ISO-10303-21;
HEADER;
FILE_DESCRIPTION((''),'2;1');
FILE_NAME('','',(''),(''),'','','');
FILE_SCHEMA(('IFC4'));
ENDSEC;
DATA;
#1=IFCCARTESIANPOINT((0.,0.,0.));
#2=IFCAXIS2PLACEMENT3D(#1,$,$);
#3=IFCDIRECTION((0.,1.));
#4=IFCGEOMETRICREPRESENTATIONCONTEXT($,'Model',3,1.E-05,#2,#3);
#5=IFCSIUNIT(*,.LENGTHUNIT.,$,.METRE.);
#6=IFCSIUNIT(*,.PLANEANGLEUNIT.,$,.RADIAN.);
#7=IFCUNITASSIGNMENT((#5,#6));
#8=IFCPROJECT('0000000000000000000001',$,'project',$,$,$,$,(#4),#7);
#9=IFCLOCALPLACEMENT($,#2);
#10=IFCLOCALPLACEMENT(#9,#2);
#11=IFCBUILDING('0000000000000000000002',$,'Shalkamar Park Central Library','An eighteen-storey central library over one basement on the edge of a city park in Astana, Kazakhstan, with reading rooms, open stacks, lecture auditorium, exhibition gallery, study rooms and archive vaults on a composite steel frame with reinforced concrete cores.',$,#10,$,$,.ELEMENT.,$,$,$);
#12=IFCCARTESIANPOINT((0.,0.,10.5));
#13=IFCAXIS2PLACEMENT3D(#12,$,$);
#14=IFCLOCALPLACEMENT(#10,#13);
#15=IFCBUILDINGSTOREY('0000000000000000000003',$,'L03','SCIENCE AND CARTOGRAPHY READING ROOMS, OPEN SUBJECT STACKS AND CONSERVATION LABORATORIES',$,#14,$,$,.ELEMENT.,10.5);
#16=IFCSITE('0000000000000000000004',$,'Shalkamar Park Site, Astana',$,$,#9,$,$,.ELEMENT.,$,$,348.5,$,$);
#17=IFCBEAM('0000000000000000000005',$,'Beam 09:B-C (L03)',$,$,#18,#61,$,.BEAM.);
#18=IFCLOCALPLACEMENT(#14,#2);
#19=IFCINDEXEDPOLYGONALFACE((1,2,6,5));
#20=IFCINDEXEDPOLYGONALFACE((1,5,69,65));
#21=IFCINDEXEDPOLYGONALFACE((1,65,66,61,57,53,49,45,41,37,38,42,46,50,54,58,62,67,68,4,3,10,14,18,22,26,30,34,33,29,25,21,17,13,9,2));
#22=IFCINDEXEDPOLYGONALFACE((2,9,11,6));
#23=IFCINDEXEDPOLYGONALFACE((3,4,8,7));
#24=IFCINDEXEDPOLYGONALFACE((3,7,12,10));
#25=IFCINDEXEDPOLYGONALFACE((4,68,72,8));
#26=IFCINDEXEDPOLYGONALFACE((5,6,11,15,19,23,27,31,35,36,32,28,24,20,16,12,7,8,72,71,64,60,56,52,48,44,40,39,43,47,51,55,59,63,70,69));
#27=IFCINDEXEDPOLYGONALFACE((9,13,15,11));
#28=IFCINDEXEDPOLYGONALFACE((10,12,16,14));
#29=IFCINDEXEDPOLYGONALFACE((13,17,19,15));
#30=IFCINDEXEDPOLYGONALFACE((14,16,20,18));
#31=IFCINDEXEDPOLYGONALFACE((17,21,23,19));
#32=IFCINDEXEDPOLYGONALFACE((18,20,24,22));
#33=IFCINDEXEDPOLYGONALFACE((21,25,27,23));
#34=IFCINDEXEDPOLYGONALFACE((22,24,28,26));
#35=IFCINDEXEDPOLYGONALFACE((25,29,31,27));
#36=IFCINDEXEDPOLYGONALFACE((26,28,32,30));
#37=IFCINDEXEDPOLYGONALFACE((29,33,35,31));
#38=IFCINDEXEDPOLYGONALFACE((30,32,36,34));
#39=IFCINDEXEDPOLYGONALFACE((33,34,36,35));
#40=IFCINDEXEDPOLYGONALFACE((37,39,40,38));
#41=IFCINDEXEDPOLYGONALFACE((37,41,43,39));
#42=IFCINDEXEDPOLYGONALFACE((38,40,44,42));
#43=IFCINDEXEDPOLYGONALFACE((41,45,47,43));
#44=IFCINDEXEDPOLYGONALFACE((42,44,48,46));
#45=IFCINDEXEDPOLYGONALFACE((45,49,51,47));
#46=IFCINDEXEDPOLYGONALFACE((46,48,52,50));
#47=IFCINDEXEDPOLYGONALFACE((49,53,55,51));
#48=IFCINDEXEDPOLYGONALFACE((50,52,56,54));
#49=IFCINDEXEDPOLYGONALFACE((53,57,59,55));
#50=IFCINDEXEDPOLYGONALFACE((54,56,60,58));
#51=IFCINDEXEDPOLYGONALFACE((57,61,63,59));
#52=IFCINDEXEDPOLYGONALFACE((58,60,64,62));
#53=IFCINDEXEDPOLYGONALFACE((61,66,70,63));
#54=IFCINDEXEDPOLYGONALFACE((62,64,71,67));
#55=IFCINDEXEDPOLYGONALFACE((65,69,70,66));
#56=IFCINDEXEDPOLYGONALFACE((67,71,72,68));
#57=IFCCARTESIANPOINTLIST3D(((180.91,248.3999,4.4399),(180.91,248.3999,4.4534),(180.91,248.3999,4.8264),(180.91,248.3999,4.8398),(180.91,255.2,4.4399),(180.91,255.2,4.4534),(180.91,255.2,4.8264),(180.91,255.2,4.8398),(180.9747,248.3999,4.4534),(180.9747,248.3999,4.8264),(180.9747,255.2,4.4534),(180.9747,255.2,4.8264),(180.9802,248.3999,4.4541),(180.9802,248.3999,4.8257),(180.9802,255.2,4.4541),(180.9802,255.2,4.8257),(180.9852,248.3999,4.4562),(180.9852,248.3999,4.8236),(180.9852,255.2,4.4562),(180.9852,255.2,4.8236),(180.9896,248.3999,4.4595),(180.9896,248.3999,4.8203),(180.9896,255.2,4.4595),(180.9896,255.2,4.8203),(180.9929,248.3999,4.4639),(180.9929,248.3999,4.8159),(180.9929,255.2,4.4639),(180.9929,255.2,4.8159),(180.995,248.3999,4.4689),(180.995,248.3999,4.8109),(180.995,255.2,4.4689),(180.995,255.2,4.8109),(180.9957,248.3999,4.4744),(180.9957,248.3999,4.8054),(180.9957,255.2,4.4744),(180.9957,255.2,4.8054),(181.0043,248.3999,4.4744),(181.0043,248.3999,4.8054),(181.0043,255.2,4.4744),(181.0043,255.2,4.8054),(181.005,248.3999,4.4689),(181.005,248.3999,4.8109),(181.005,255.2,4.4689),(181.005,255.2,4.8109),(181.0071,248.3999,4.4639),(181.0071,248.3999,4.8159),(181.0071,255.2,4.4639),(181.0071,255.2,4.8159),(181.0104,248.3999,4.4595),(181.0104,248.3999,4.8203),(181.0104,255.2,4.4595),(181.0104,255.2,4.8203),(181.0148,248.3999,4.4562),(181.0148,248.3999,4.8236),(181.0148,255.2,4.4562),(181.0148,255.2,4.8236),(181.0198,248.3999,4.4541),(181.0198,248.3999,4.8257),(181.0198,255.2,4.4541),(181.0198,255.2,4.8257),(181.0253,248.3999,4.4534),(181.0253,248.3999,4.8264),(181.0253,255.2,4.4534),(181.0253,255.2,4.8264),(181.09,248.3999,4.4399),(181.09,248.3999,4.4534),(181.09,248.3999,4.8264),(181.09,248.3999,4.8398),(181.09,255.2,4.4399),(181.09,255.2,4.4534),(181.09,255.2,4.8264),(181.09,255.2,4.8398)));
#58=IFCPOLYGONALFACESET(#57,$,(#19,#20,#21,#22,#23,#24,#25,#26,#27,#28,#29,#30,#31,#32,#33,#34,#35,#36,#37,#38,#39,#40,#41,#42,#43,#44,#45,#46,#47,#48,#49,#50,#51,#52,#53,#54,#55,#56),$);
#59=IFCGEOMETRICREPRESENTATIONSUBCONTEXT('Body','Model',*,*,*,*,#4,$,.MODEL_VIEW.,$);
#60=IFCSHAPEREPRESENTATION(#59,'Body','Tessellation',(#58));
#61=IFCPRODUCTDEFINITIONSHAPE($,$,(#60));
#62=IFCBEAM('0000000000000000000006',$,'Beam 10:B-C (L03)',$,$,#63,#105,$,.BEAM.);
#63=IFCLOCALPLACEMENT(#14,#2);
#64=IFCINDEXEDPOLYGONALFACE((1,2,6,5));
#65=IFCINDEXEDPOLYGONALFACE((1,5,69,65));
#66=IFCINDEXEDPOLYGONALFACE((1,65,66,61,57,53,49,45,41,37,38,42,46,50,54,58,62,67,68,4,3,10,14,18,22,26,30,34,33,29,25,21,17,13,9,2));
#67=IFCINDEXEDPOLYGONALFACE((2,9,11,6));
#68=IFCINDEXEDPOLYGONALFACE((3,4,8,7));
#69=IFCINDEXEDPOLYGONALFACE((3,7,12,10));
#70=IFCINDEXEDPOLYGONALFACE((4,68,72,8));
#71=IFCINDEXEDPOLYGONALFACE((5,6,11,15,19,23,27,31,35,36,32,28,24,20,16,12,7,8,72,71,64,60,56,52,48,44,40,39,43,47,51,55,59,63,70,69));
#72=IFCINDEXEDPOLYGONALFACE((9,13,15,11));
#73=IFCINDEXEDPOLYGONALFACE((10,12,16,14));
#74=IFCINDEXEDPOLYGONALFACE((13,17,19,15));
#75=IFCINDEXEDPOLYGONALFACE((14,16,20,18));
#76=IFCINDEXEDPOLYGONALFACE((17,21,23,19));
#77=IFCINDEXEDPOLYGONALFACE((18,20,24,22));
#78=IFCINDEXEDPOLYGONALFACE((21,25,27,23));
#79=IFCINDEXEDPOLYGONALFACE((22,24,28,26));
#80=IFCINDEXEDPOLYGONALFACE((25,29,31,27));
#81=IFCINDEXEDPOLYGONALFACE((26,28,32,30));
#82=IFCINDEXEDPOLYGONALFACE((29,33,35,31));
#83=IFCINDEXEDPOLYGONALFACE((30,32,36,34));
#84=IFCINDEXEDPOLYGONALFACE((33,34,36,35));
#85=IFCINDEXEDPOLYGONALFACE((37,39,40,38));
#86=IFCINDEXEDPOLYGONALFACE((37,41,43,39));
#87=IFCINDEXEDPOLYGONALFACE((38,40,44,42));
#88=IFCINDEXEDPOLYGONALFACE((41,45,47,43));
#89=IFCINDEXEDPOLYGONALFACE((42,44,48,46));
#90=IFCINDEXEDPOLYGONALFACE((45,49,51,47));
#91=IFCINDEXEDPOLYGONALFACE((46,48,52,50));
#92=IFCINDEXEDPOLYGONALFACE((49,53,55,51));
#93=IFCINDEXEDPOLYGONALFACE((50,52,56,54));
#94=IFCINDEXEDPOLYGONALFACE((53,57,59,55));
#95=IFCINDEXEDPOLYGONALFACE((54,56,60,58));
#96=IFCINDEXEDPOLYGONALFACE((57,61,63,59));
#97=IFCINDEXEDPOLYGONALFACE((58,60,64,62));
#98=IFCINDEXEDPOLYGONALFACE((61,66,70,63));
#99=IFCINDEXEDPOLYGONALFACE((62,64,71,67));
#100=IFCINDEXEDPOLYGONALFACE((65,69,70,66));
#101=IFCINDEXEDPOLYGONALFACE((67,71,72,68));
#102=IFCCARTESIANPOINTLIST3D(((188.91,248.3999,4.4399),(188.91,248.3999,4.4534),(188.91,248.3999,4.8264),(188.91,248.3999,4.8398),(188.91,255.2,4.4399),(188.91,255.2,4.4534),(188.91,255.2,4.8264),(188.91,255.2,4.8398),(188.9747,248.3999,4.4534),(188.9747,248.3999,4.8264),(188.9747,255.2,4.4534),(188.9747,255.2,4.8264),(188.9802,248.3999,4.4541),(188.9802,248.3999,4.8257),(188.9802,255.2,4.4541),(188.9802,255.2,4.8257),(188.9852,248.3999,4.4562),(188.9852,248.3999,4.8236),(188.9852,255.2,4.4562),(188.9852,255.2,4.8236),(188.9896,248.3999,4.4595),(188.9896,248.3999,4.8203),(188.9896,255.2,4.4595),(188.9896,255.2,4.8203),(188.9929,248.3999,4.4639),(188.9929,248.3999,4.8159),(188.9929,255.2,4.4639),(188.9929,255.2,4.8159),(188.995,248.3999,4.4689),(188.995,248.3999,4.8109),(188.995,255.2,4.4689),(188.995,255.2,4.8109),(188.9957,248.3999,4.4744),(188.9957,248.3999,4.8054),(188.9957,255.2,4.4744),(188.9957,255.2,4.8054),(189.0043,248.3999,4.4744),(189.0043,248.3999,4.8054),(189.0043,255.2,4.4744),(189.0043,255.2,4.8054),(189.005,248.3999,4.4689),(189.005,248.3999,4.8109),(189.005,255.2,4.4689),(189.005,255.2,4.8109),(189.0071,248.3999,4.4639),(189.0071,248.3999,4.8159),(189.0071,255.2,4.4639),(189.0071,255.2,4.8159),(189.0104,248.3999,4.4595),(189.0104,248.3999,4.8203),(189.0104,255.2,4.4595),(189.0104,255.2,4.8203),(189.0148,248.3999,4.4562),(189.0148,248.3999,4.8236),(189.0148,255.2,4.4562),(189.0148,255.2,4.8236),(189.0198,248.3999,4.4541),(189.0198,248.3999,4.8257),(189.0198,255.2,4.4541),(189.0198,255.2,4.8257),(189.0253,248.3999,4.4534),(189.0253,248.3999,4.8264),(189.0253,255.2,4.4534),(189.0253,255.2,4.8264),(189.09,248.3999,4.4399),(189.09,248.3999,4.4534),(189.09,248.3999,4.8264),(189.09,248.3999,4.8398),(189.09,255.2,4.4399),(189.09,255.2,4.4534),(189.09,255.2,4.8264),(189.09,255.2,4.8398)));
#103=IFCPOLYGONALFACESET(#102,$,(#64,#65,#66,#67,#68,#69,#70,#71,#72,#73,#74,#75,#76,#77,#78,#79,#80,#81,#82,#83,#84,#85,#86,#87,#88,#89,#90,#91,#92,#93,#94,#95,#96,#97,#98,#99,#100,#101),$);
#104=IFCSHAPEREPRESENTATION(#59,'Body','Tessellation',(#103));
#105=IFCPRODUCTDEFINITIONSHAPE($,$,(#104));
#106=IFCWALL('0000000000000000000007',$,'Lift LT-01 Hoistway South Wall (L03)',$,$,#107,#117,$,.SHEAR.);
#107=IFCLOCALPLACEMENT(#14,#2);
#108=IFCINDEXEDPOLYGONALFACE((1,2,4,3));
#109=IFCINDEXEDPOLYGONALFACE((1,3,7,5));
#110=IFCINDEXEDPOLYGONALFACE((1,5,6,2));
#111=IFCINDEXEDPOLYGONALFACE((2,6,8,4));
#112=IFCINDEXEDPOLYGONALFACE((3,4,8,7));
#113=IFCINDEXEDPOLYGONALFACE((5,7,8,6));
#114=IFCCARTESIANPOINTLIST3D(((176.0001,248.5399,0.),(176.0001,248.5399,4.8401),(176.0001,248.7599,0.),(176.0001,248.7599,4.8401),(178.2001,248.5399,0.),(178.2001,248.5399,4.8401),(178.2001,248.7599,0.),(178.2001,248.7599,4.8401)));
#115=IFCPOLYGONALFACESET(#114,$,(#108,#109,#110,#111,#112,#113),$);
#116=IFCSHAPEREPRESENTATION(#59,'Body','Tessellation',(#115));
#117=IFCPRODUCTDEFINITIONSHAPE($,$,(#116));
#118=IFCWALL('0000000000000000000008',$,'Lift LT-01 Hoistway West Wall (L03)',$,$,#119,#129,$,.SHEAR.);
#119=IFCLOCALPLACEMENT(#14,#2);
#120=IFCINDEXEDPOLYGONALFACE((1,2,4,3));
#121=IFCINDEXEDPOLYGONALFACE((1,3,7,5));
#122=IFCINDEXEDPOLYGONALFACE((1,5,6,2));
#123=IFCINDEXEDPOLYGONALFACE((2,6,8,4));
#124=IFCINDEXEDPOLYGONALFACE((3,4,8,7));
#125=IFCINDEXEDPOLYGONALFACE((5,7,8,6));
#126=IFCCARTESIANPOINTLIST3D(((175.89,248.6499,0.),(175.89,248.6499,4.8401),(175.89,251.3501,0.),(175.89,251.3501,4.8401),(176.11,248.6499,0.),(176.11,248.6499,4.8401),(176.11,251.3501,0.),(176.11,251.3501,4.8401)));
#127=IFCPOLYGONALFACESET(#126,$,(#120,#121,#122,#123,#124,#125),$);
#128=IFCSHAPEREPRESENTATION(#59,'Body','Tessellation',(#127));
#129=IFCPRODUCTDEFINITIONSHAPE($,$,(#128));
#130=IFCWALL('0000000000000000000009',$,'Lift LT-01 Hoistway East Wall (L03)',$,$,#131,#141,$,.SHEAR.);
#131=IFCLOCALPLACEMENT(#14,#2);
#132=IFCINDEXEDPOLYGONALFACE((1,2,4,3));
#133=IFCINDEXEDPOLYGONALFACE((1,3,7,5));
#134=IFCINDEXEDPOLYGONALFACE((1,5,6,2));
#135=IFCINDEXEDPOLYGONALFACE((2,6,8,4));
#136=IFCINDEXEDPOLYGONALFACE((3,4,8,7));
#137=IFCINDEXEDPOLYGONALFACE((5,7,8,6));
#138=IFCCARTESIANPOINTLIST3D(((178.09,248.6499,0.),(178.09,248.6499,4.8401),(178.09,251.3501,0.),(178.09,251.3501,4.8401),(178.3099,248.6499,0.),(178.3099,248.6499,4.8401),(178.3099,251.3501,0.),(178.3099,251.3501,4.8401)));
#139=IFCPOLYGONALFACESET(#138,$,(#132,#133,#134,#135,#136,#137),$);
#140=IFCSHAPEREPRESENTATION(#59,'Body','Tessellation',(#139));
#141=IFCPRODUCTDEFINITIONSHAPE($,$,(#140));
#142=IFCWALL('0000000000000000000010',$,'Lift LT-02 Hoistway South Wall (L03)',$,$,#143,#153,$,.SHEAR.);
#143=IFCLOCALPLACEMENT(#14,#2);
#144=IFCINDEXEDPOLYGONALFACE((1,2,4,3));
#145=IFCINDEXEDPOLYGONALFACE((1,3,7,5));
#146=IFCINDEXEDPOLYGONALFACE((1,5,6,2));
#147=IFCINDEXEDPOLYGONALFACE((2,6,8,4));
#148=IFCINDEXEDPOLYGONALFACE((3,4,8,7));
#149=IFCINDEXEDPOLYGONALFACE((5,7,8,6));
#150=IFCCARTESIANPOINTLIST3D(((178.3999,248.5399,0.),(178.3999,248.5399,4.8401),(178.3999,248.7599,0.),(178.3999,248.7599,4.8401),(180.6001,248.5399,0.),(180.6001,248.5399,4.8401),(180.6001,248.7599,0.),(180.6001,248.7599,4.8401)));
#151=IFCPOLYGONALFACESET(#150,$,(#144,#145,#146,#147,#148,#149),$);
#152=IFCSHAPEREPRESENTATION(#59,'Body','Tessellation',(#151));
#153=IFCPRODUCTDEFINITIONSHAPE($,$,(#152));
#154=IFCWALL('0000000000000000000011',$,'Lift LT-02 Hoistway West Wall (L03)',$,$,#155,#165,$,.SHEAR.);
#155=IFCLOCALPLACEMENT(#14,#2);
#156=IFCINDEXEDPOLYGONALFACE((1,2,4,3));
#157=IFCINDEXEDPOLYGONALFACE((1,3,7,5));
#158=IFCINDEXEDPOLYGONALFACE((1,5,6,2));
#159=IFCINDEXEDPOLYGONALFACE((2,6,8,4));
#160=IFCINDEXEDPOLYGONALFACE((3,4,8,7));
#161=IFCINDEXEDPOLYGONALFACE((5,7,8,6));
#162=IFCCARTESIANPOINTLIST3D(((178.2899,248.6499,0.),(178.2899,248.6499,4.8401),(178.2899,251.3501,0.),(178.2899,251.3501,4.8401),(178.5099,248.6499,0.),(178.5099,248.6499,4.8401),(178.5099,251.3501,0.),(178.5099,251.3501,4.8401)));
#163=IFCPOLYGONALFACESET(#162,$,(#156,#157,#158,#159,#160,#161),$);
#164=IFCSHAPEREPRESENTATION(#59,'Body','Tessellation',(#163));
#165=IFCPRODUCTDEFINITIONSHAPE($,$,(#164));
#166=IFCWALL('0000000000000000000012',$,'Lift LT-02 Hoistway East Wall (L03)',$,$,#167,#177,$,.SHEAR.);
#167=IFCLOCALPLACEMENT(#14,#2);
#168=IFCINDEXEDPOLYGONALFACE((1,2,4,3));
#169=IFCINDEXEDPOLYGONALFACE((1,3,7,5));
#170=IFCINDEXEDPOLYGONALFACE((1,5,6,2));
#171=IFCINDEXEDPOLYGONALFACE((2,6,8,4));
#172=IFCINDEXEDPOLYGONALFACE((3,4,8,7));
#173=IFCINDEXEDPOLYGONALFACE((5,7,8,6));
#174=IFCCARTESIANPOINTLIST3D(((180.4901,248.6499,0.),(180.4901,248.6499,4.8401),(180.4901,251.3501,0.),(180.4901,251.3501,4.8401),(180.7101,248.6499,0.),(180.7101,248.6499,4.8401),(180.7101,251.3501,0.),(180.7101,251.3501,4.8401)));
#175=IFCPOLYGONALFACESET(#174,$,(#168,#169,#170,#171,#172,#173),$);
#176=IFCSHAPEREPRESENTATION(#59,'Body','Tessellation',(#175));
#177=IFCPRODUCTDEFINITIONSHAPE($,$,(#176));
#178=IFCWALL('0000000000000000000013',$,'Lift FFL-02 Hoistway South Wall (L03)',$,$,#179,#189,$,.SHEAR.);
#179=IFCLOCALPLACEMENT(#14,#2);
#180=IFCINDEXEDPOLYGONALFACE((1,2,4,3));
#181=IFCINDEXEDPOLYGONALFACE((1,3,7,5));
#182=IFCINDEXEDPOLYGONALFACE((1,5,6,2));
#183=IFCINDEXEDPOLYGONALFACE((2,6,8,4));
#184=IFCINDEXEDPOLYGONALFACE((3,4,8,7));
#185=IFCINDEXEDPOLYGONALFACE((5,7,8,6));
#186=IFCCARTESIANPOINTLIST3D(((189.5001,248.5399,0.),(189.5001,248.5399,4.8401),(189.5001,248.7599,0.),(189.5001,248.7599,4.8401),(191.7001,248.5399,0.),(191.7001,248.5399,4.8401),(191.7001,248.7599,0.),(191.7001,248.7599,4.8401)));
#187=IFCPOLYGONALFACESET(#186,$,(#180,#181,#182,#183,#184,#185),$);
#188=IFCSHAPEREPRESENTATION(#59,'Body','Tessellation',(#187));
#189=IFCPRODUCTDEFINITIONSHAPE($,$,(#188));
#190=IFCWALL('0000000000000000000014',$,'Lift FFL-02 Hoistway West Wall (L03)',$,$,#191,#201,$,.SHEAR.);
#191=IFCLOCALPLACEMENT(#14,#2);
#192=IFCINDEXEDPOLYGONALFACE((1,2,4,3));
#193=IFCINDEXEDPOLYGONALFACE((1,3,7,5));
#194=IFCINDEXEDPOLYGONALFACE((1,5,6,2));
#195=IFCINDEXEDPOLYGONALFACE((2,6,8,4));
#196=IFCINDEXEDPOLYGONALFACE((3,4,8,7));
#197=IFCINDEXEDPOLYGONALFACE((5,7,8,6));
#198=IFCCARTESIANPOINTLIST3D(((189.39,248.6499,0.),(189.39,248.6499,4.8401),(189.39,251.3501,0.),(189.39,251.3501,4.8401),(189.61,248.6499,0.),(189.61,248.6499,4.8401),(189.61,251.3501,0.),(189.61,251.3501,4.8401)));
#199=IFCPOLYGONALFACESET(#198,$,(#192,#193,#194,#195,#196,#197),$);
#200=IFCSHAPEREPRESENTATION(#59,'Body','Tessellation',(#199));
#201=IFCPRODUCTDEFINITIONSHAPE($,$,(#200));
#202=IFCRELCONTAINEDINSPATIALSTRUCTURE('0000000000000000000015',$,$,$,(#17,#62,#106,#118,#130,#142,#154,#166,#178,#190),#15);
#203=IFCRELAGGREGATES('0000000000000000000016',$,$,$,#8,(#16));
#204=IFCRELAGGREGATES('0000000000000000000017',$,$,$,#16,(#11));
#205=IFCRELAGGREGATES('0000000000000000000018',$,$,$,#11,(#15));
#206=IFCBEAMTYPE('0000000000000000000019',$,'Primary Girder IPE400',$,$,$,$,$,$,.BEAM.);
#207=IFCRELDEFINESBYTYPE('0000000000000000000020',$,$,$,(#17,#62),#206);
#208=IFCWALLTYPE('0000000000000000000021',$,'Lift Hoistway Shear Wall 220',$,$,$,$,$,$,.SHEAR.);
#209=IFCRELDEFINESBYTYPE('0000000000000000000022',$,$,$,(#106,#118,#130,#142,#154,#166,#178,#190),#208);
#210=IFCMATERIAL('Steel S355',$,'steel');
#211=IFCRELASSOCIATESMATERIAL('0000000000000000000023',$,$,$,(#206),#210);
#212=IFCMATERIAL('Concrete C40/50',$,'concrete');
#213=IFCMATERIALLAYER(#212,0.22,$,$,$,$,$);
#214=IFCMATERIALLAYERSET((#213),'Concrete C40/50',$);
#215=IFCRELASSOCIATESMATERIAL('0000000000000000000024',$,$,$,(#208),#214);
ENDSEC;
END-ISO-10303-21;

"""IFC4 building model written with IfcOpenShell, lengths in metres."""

from ifc_helpers import new_model, si_unit, direction, frame, frame_2d, origin, origin_2d, place, context, subcontext, project, spatial, rectangle, i_section, extrude, material, layer, layer_set, material_profile, profile_set, type_object, element, save


model = new_model("IFC4")

# Units and contexts
model_context = context("Model", 3, precision=1e-05, world=origin(), true_north=direction((0.0, 1.0)))
body_context = subcontext(model_context, "Body", "Model", "MODEL_VIEW")
ifc_project = project(units=[si_unit("LENGTHUNIT", "METRE"), si_unit("PLANEANGLEUNIT", "RADIAN")], contexts=[model_context])

# Site, building, storey
site_placement = place(None, origin())
site = spatial("IfcSite", under=ifc_project, at=site_placement, Name="Shalkamar Park Site, Astana", CompositionType="ELEMENT", RefElevation=348.5)
building_placement = place(site_placement, origin())
building = spatial("IfcBuilding", under=site, at=building_placement, Name="Shalkamar Park Central Library", Description="An eighteen-storey central library over one basement on the edge of a city park in Astana, Kazakhstan, with reading rooms, open stacks, lecture auditorium, exhibition gallery, study rooms and archive vaults on a composite steel frame with reinforced concrete cores.", CompositionType="ELEMENT")
storey_placement = place(building_placement, frame((0.0, 0.0, 10.5)))
storey = spatial("IfcBuildingStorey", under=building, at=storey_placement, Name="L03", Description="SCIENCE AND CARTOGRAPHY READING ROOMS, OPEN SUBJECT STACKS AND CONSERVATION LABORATORIES", CompositionType="ELEMENT", Elevation=10.5)

# Shared definitions
ifc_material_1 = material(Name="Steel S355", Category="steel")

# Beams
ifc_material_profile_1 = material_profile(ifc_material_1, i_section(OverallWidth=0.1799, OverallDepth=0.3999, WebThickness=0.0085, FlangeThickness=0.0134, FilletRadius=0.021, at=origin_2d()), Name="IPE 400")
ifc_profile_set_1 = profile_set([ifc_material_profile_1], Name="Steel S355")
beam_type_1 = type_object("IfcBeamType", Name="Primary Girder IPE400", PredefinedType="BEAM", material=ifc_profile_set_1)
for number, where, z_axis, x_axis, name in (
    (1, (181.0, 248.3999, 4.6399), (0.0, 1.0, 0.0), (-1.0, 0.0, 0.0), "Beam 09:B-C (L03)"),
    (2, (189.0, 248.3999, 4.6399), (0.0, 1.0, 0.0), (-1.0, 0.0, 0.0), "Beam 10:B-C (L03)"),
):
    element("IfcBeam", number, at=place(storey_placement, frame(where, z_axis=z_axis, x_axis=x_axis)), inside=storey, type_object=beam_type_1, Name=name, PredefinedType="BEAM", context=body_context, shape_type="SweptSolid", body=[
        extrude(i_section(OverallWidth=0.1799, OverallDepth=0.3999, WebThickness=0.0085, FlangeThickness=0.0134, FilletRadius=0.021, at=origin_2d()), origin(), (0.0, 0.0, 1.0), 6.8),
    ])

# Walls
ifc_material_2 = material(Name="Concrete C40/50", Category="concrete")
ifc_layer_1 = layer(ifc_material_2, 0.22)
ifc_layer_set_1 = layer_set([ifc_layer_1], Name="Concrete C40/50")
wall_type_1 = type_object("IfcWallType", Name="Lift Hoistway Shear Wall 220", PredefinedType="SHEAR", material=ifc_layer_set_1)
wall_1_placement = place(storey_placement, frame((176.0, 248.6499, 0.0), z_axis=(0.0, 0.0, 1.0), x_axis=(1.0, 0.0, 0.0)))
element("IfcWall", 3, at=wall_1_placement, inside=storey, type_object=wall_type_1, Name="Lift LT-01 Hoistway South Wall (L03)", PredefinedType="SHEAR", context=body_context, shape_type="SweptSolid", body=[
    extrude(rectangle(XDim=2.2, YDim=0.22, at=frame_2d((1.1001, 0.0))), origin(), (0.0, 0.0, 1.0), 4.8401),
])
for number, where, z_axis, x_axis, name in (
    (4, (176.0, 248.6499, 0.0), (0.0, 0.0, 1.0), (0.0, 1.0, 0.0), "Lift LT-01 Hoistway West Wall (L03)"),
    (5, (178.2, 248.6499, 0.0), (0.0, 0.0, 1.0), (0.0, 1.0, 0.0), "Lift LT-01 Hoistway East Wall (L03)"),
):
    element("IfcWall", number, at=place(storey_placement, frame(where, z_axis=z_axis, x_axis=x_axis)), inside=storey, type_object=wall_type_1, Name=name, PredefinedType="SHEAR", context=body_context, shape_type="SweptSolid", body=[
        extrude(rectangle(XDim=2.7002, YDim=0.22, at=frame_2d((1.3501, 0.0))), origin(), (0.0, 0.0, 1.0), 4.8401),
    ])
wall_2_placement = place(storey_placement, frame((178.3999, 248.6499, 0.0), z_axis=(0.0, 0.0, 1.0), x_axis=(1.0, 0.0, 0.0)))
element("IfcWall", 6, at=wall_2_placement, inside=storey, type_object=wall_type_1, Name="Lift LT-02 Hoistway South Wall (L03)", PredefinedType="SHEAR", context=body_context, shape_type="SweptSolid", body=[
    extrude(rectangle(XDim=2.2002, YDim=0.22, at=frame_2d((1.1001, 0.0))), origin(), (0.0, 0.0, 1.0), 4.8401),
])
for number, where, z_axis, x_axis, name in (
    (7, (178.3999, 248.6499, 0.0), (0.0, 0.0, 1.0), (0.0, 1.0, 0.0), "Lift LT-02 Hoistway West Wall (L03)"),
    (8, (180.6001, 248.6499, 0.0), (0.0, 0.0, 1.0), (0.0, 1.0, 0.0), "Lift LT-02 Hoistway East Wall (L03)"),
):
    element("IfcWall", number, at=place(storey_placement, frame(where, z_axis=z_axis, x_axis=x_axis)), inside=storey, type_object=wall_type_1, Name=name, PredefinedType="SHEAR", context=body_context, shape_type="SweptSolid", body=[
        extrude(rectangle(XDim=2.7002, YDim=0.22, at=frame_2d((1.3501, 0.0))), origin(), (0.0, 0.0, 1.0), 4.8401),
    ])
wall_3_placement = place(storey_placement, frame((189.5, 248.6499, 0.0), z_axis=(0.0, 0.0, 1.0), x_axis=(1.0, 0.0, 0.0)))
element("IfcWall", 9, at=wall_3_placement, inside=storey, type_object=wall_type_1, Name="Lift FFL-02 Hoistway South Wall (L03)", PredefinedType="SHEAR", context=body_context, shape_type="SweptSolid", body=[
    extrude(rectangle(XDim=2.2, YDim=0.22, at=frame_2d((1.1001, 0.0))), origin(), (0.0, 0.0, 1.0), 4.8401),
])
for number, where, z_axis, x_axis, name in (
    (10, (189.5, 248.6499, 0.0), (0.0, 0.0, 1.0), (0.0, 1.0, 0.0), "Lift FFL-02 Hoistway West Wall (L03)"),
):
    element("IfcWall", number, at=place(storey_placement, frame(where, z_axis=z_axis, x_axis=x_axis)), inside=storey, type_object=wall_type_1, Name=name, PredefinedType="SHEAR", context=body_context, shape_type="SweptSolid", body=[
        extrude(rectangle(XDim=2.7002, YDim=0.22, at=frame_2d((1.3501, 0.0))), origin(), (0.0, 0.0, 1.0), 4.8401),
    ])

save(model, "model.ifc")
